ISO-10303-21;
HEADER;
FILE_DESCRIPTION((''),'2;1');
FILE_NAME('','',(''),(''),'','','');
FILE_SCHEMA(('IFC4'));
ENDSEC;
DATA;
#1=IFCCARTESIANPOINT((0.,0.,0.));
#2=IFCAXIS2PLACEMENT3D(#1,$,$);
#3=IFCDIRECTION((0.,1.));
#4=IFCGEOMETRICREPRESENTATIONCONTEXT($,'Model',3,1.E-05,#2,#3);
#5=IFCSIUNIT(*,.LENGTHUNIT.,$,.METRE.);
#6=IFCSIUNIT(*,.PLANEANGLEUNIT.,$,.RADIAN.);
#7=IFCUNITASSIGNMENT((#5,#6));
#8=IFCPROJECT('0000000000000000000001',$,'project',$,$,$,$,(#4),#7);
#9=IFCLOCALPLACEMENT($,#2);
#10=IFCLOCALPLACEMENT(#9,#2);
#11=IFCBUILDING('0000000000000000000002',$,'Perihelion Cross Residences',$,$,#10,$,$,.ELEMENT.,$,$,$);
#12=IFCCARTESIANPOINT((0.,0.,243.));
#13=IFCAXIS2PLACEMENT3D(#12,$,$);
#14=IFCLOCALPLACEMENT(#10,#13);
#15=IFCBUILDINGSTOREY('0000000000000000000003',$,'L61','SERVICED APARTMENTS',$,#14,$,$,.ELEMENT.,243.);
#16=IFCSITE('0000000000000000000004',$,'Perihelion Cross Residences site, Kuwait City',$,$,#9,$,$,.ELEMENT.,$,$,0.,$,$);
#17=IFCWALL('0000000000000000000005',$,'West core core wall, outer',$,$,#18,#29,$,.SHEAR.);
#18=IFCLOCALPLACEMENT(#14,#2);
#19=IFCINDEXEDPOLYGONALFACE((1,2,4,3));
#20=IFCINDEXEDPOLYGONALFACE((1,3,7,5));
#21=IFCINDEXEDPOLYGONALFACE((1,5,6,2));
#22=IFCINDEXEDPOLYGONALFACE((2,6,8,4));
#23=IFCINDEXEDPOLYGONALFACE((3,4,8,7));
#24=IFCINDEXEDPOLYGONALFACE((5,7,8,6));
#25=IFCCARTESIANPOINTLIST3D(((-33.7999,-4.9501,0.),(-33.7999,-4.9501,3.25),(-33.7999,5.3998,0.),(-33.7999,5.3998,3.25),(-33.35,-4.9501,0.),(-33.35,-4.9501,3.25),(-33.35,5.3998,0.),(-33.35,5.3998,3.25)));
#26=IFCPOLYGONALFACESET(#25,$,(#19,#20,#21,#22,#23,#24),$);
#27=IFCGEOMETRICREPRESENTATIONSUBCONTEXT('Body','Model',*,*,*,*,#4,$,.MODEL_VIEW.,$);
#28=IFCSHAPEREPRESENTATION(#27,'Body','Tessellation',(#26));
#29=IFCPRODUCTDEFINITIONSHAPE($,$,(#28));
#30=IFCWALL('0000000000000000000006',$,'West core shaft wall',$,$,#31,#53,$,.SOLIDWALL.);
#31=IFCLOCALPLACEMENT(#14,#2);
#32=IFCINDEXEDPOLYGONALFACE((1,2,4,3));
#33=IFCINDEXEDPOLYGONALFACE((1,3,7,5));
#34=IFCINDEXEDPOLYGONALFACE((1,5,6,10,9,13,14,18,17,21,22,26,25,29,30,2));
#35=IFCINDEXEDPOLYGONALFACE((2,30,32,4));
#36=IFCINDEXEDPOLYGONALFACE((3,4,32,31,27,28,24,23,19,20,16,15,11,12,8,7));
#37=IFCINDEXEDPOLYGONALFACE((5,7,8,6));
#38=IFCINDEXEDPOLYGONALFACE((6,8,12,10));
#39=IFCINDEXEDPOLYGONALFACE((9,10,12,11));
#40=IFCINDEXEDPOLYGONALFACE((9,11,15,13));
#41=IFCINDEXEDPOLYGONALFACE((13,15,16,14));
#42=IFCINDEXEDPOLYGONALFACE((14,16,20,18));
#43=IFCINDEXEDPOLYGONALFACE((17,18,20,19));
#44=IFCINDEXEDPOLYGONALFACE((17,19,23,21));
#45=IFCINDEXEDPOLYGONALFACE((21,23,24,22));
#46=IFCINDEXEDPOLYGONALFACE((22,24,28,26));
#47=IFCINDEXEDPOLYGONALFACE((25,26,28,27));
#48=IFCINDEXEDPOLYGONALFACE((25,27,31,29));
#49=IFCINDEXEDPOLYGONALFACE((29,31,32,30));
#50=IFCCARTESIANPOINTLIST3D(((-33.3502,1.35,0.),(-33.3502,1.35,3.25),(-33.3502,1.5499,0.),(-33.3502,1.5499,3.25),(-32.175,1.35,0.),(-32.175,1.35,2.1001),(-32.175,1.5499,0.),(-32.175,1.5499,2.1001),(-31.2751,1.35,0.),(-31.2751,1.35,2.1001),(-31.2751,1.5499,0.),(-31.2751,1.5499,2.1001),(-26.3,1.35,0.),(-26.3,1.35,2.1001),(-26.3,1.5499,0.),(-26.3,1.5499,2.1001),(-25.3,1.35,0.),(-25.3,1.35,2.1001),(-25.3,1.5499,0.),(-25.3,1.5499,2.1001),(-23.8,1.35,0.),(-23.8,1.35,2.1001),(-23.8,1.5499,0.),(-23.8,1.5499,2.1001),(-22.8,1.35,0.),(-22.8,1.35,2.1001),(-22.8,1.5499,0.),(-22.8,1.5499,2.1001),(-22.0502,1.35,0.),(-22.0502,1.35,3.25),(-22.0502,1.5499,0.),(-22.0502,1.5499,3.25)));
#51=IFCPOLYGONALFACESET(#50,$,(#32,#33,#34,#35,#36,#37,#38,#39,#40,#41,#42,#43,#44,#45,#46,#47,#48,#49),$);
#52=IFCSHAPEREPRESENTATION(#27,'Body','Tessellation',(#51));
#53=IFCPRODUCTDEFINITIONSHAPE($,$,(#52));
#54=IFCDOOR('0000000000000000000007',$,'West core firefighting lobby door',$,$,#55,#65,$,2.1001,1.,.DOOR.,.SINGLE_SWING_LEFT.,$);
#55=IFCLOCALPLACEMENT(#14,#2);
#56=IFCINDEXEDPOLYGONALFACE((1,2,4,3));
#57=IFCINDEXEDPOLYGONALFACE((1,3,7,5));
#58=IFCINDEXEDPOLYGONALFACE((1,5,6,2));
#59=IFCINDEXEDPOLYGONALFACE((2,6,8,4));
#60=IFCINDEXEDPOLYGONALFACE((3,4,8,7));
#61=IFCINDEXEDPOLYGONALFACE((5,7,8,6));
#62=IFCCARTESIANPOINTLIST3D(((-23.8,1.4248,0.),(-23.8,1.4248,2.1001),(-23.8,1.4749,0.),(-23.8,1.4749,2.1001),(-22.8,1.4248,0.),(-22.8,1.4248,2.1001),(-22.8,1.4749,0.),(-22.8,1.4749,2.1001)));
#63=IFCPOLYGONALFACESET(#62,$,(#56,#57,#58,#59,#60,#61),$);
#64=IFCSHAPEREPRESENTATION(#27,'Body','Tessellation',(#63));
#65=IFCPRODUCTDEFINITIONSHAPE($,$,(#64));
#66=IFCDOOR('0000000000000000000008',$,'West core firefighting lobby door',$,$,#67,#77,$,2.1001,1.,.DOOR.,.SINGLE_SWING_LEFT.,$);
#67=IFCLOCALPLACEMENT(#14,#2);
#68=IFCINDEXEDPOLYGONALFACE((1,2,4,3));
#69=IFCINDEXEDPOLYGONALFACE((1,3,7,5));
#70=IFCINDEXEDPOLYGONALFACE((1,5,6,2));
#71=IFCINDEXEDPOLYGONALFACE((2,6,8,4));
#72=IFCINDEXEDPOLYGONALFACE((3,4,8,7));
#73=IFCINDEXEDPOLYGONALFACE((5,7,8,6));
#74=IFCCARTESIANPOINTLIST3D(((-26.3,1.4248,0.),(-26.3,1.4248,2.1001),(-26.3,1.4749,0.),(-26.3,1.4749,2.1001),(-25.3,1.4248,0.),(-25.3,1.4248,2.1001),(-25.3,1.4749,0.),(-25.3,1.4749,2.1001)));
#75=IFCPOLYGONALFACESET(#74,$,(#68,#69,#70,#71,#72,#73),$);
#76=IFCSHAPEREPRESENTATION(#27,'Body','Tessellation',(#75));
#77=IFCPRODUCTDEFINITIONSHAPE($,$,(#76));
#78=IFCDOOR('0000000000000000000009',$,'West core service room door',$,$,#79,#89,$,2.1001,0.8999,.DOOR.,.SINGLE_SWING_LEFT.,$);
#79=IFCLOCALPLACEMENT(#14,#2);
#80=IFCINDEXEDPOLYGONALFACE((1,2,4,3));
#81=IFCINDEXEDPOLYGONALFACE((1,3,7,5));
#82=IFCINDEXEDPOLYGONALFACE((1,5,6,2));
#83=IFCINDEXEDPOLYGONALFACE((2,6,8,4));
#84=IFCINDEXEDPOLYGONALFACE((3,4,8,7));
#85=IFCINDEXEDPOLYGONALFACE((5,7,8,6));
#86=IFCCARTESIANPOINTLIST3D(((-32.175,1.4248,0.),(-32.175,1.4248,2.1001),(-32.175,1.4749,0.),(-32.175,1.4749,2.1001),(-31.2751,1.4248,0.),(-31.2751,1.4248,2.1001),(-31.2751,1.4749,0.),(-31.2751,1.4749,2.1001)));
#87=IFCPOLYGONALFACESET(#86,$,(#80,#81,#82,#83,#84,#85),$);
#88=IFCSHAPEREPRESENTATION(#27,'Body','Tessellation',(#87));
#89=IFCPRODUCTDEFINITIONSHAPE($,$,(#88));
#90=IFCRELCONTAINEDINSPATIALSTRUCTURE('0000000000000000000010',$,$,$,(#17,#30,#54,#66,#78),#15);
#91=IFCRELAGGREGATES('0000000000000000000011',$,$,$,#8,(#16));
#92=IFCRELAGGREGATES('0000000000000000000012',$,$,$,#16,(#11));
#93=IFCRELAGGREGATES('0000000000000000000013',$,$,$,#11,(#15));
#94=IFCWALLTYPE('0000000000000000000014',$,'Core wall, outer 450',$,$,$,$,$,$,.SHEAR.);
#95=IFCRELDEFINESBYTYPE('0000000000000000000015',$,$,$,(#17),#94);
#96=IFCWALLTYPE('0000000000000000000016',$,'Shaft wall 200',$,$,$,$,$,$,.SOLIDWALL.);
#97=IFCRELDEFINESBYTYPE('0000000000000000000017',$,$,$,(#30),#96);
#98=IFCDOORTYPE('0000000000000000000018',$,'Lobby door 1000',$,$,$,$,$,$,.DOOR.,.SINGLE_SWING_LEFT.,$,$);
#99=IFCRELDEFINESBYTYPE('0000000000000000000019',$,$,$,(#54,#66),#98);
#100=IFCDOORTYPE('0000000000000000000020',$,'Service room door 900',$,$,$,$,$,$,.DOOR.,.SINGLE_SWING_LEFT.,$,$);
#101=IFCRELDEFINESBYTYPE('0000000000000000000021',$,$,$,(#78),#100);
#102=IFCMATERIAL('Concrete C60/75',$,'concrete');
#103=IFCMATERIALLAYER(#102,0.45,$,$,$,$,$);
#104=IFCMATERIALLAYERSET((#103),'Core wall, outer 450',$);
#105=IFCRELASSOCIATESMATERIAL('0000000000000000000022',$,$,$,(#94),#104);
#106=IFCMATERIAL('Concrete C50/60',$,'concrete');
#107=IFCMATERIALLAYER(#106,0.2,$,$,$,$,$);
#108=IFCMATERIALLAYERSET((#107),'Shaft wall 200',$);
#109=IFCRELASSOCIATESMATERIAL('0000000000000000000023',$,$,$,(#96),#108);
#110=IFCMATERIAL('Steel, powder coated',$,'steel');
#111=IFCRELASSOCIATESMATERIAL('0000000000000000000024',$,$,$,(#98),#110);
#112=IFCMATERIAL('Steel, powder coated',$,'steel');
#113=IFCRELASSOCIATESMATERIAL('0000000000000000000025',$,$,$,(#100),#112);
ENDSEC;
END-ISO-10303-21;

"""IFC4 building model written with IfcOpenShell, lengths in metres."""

from ifc_helpers import new_model, si_unit, direction, frame, frame_2d, origin, place, context, subcontext, project, spatial, rectangle, extrude, material, layer, layer_set, type_object, element, fill, save


model = new_model("IFC4")

# Units and contexts
model_context = context("Model", 3, precision=1e-05, world=origin(), true_north=direction((0.0, 1.0)))
body_context = subcontext(model_context, "Body", "Model", "MODEL_VIEW")
ifc_project = project(units=[si_unit("LENGTHUNIT", "METRE"), si_unit("PLANEANGLEUNIT", "RADIAN")], contexts=[model_context])

# Site, building, storey
site_placement = place(None, origin())
site = spatial("IfcSite", under=ifc_project, at=site_placement, Name="Perihelion Cross Residences site, Kuwait City", CompositionType="ELEMENT", RefElevation=0.0)
building_placement = place(site_placement, origin())
building = spatial("IfcBuilding", under=site, at=building_placement, Name="Perihelion Cross Residences", CompositionType="ELEMENT")
storey_placement = place(building_placement, frame((0.0, 0.0, 243.0)))
storey = spatial("IfcBuildingStorey", under=building, at=storey_placement, Name="L61", Description="SERVICED APARTMENTS", CompositionType="ELEMENT", Elevation=243.0)

# Wall
ifc_material_1 = material(Name="Concrete C60/75", Category="concrete")
ifc_layer_1 = layer(ifc_material_1, 0.45)
ifc_layer_set_1 = layer_set([ifc_layer_1], Name="Core wall, outer 450")
wall_type_1 = type_object("IfcWallType", Name="Core wall, outer 450", PredefinedType="SHEAR", material=ifc_layer_set_1)
wall_1_placement = place(storey_placement, frame((-33.575, -4.95, 0.0), z_axis=(0.0, 0.0, 1.0), x_axis=(0.0, 1.0, 0.0)))
element("IfcWall", 1, at=wall_1_placement, inside=storey, type_object=wall_type_1, Name="West core core wall, outer", PredefinedType="SHEAR", context=body_context, shape_type="SweptSolid", body=[
    extrude(rectangle(XDim=10.3499, YDim=0.45, at=frame_2d((5.1748, 0.0))), origin(), (0.0, 0.0, 1.0), 3.25),
])

# Wall, openings, doors
ifc_material_2 = material(Name="Concrete C50/60", Category="concrete")
ifc_layer_2 = layer(ifc_material_2, 0.2)
ifc_layer_set_2 = layer_set([ifc_layer_2], Name="Shaft wall 200")
wall_type_2 = type_object("IfcWallType", Name="Shaft wall 200", PredefinedType="SOLIDWALL", material=ifc_layer_set_2)
wall_2_placement = place(storey_placement, frame((-33.3501, 1.45, 0.0), z_axis=(0.0, 0.0, 1.0), x_axis=(1.0, 0.0, 0.0)))
wall_2 = element("IfcWall", 2, at=wall_2_placement, inside=storey, type_object=wall_type_2, Name="West core shaft wall", PredefinedType="SOLIDWALL", context=body_context, shape_type="SweptSolid", body=[
    extrude(rectangle(XDim=11.3, YDim=0.2, at=frame_2d((5.6499, 0.0))), origin(), (0.0, 0.0, 1.0), 3.25),
])
opening_1_placement = place(wall_2_placement, frame((9.55, 0.0, 0.0)))
opening_1 = element("IfcOpeningElement", 3, at=opening_1_placement, cuts=wall_2, PredefinedType="OPENING", context=body_context, shape_type="SweptSolid", body=[
    extrude(rectangle(XDim=1.0, YDim=2.1001, at=frame_2d((0.5, 1.05))), frame((0.0, 0.1099, 0.0), z_axis=(0.0, -1.0, 0.0), x_axis=(1.0, 0.0, 0.0)), (0.0, 0.0, 1.0), 0.22),
])
opening_2_placement = place(wall_2_placement, frame((7.05, 0.0, 0.0)))
opening_2 = element("IfcOpeningElement", 4, at=opening_2_placement, cuts=wall_2, PredefinedType="OPENING", context=body_context, shape_type="SweptSolid", body=[
    extrude(rectangle(XDim=1.0, YDim=2.1001, at=frame_2d((0.5, 1.05))), frame((0.0, 0.1099, 0.0), z_axis=(0.0, -1.0, 0.0), x_axis=(1.0, 0.0, 0.0)), (0.0, 0.0, 1.0), 0.22),
])
opening_3_placement = place(wall_2_placement, frame((1.175, 0.0, 0.0)))
opening_3 = element("IfcOpeningElement", 5, at=opening_3_placement, cuts=wall_2, PredefinedType="OPENING", context=body_context, shape_type="SweptSolid", body=[
    extrude(rectangle(XDim=0.8999, YDim=2.1001, at=frame_2d((0.45, 1.05))), frame((0.0, 0.1099, 0.0), z_axis=(0.0, -1.0, 0.0), x_axis=(1.0, 0.0, 0.0)), (0.0, 0.0, 1.0), 0.22),
])
ifc_material_3 = material(Name="Steel, powder coated", Category="steel")
door_type_1 = type_object("IfcDoorType", Name="Lobby door 1000", OperationType="SINGLE_SWING_LEFT", PredefinedType="DOOR", material=ifc_material_3)
door_1_placement = place(opening_1_placement, origin())
door_1 = element("IfcDoor", 6, at=door_1_placement, inside=storey, type_object=door_type_1, Name="West core firefighting lobby door", OperationType="SINGLE_SWING_LEFT", OverallHeight=2.1001, OverallWidth=1.0, PredefinedType="DOOR", context=body_context, shape_type="SweptSolid", body=[
    extrude(rectangle(XDim=1.0, YDim=2.1001, at=frame_2d((0.5, 1.05))), frame((0.0, 0.0249, 0.0), z_axis=(0.0, -1.0, 0.0), x_axis=(1.0, 0.0, 0.0)), (0.0, 0.0, 1.0), 0.05),
])
fill(opening_1, door_1)
door_2_placement = place(opening_2_placement, origin())
door_2 = element("IfcDoor", 7, at=door_2_placement, inside=storey, type_object=door_type_1, Name="West core firefighting lobby door", OperationType="SINGLE_SWING_LEFT", OverallHeight=2.1001, OverallWidth=1.0, PredefinedType="DOOR", context=body_context, shape_type="SweptSolid", body=[
    extrude(rectangle(XDim=1.0, YDim=2.1001, at=frame_2d((0.5, 1.05))), frame((0.0, 0.0249, 0.0), z_axis=(0.0, -1.0, 0.0), x_axis=(1.0, 0.0, 0.0)), (0.0, 0.0, 1.0), 0.05),
])
fill(opening_2, door_2)
ifc_material_4 = material(Name="Steel, powder coated", Category="steel")
door_type_2 = type_object("IfcDoorType", Name="Service room door 900", OperationType="SINGLE_SWING_LEFT", PredefinedType="DOOR", material=ifc_material_4)
door_3_placement = place(opening_3_placement, origin())
door_3 = element("IfcDoor", 8, at=door_3_placement, inside=storey, type_object=door_type_2, Name="West core service room door", OperationType="SINGLE_SWING_LEFT", OverallHeight=2.1001, OverallWidth=0.8999, PredefinedType="DOOR", context=body_context, shape_type="SweptSolid", body=[
    extrude(rectangle(XDim=0.8999, YDim=2.1001, at=frame_2d((0.45, 1.05))), frame((0.0, 0.0249, 0.0), z_axis=(0.0, -1.0, 0.0), x_axis=(1.0, 0.0, 0.0)), (0.0, 0.0, 1.0), 0.05),
])
fill(opening_3, door_3)

save(model, "model.ifc")
